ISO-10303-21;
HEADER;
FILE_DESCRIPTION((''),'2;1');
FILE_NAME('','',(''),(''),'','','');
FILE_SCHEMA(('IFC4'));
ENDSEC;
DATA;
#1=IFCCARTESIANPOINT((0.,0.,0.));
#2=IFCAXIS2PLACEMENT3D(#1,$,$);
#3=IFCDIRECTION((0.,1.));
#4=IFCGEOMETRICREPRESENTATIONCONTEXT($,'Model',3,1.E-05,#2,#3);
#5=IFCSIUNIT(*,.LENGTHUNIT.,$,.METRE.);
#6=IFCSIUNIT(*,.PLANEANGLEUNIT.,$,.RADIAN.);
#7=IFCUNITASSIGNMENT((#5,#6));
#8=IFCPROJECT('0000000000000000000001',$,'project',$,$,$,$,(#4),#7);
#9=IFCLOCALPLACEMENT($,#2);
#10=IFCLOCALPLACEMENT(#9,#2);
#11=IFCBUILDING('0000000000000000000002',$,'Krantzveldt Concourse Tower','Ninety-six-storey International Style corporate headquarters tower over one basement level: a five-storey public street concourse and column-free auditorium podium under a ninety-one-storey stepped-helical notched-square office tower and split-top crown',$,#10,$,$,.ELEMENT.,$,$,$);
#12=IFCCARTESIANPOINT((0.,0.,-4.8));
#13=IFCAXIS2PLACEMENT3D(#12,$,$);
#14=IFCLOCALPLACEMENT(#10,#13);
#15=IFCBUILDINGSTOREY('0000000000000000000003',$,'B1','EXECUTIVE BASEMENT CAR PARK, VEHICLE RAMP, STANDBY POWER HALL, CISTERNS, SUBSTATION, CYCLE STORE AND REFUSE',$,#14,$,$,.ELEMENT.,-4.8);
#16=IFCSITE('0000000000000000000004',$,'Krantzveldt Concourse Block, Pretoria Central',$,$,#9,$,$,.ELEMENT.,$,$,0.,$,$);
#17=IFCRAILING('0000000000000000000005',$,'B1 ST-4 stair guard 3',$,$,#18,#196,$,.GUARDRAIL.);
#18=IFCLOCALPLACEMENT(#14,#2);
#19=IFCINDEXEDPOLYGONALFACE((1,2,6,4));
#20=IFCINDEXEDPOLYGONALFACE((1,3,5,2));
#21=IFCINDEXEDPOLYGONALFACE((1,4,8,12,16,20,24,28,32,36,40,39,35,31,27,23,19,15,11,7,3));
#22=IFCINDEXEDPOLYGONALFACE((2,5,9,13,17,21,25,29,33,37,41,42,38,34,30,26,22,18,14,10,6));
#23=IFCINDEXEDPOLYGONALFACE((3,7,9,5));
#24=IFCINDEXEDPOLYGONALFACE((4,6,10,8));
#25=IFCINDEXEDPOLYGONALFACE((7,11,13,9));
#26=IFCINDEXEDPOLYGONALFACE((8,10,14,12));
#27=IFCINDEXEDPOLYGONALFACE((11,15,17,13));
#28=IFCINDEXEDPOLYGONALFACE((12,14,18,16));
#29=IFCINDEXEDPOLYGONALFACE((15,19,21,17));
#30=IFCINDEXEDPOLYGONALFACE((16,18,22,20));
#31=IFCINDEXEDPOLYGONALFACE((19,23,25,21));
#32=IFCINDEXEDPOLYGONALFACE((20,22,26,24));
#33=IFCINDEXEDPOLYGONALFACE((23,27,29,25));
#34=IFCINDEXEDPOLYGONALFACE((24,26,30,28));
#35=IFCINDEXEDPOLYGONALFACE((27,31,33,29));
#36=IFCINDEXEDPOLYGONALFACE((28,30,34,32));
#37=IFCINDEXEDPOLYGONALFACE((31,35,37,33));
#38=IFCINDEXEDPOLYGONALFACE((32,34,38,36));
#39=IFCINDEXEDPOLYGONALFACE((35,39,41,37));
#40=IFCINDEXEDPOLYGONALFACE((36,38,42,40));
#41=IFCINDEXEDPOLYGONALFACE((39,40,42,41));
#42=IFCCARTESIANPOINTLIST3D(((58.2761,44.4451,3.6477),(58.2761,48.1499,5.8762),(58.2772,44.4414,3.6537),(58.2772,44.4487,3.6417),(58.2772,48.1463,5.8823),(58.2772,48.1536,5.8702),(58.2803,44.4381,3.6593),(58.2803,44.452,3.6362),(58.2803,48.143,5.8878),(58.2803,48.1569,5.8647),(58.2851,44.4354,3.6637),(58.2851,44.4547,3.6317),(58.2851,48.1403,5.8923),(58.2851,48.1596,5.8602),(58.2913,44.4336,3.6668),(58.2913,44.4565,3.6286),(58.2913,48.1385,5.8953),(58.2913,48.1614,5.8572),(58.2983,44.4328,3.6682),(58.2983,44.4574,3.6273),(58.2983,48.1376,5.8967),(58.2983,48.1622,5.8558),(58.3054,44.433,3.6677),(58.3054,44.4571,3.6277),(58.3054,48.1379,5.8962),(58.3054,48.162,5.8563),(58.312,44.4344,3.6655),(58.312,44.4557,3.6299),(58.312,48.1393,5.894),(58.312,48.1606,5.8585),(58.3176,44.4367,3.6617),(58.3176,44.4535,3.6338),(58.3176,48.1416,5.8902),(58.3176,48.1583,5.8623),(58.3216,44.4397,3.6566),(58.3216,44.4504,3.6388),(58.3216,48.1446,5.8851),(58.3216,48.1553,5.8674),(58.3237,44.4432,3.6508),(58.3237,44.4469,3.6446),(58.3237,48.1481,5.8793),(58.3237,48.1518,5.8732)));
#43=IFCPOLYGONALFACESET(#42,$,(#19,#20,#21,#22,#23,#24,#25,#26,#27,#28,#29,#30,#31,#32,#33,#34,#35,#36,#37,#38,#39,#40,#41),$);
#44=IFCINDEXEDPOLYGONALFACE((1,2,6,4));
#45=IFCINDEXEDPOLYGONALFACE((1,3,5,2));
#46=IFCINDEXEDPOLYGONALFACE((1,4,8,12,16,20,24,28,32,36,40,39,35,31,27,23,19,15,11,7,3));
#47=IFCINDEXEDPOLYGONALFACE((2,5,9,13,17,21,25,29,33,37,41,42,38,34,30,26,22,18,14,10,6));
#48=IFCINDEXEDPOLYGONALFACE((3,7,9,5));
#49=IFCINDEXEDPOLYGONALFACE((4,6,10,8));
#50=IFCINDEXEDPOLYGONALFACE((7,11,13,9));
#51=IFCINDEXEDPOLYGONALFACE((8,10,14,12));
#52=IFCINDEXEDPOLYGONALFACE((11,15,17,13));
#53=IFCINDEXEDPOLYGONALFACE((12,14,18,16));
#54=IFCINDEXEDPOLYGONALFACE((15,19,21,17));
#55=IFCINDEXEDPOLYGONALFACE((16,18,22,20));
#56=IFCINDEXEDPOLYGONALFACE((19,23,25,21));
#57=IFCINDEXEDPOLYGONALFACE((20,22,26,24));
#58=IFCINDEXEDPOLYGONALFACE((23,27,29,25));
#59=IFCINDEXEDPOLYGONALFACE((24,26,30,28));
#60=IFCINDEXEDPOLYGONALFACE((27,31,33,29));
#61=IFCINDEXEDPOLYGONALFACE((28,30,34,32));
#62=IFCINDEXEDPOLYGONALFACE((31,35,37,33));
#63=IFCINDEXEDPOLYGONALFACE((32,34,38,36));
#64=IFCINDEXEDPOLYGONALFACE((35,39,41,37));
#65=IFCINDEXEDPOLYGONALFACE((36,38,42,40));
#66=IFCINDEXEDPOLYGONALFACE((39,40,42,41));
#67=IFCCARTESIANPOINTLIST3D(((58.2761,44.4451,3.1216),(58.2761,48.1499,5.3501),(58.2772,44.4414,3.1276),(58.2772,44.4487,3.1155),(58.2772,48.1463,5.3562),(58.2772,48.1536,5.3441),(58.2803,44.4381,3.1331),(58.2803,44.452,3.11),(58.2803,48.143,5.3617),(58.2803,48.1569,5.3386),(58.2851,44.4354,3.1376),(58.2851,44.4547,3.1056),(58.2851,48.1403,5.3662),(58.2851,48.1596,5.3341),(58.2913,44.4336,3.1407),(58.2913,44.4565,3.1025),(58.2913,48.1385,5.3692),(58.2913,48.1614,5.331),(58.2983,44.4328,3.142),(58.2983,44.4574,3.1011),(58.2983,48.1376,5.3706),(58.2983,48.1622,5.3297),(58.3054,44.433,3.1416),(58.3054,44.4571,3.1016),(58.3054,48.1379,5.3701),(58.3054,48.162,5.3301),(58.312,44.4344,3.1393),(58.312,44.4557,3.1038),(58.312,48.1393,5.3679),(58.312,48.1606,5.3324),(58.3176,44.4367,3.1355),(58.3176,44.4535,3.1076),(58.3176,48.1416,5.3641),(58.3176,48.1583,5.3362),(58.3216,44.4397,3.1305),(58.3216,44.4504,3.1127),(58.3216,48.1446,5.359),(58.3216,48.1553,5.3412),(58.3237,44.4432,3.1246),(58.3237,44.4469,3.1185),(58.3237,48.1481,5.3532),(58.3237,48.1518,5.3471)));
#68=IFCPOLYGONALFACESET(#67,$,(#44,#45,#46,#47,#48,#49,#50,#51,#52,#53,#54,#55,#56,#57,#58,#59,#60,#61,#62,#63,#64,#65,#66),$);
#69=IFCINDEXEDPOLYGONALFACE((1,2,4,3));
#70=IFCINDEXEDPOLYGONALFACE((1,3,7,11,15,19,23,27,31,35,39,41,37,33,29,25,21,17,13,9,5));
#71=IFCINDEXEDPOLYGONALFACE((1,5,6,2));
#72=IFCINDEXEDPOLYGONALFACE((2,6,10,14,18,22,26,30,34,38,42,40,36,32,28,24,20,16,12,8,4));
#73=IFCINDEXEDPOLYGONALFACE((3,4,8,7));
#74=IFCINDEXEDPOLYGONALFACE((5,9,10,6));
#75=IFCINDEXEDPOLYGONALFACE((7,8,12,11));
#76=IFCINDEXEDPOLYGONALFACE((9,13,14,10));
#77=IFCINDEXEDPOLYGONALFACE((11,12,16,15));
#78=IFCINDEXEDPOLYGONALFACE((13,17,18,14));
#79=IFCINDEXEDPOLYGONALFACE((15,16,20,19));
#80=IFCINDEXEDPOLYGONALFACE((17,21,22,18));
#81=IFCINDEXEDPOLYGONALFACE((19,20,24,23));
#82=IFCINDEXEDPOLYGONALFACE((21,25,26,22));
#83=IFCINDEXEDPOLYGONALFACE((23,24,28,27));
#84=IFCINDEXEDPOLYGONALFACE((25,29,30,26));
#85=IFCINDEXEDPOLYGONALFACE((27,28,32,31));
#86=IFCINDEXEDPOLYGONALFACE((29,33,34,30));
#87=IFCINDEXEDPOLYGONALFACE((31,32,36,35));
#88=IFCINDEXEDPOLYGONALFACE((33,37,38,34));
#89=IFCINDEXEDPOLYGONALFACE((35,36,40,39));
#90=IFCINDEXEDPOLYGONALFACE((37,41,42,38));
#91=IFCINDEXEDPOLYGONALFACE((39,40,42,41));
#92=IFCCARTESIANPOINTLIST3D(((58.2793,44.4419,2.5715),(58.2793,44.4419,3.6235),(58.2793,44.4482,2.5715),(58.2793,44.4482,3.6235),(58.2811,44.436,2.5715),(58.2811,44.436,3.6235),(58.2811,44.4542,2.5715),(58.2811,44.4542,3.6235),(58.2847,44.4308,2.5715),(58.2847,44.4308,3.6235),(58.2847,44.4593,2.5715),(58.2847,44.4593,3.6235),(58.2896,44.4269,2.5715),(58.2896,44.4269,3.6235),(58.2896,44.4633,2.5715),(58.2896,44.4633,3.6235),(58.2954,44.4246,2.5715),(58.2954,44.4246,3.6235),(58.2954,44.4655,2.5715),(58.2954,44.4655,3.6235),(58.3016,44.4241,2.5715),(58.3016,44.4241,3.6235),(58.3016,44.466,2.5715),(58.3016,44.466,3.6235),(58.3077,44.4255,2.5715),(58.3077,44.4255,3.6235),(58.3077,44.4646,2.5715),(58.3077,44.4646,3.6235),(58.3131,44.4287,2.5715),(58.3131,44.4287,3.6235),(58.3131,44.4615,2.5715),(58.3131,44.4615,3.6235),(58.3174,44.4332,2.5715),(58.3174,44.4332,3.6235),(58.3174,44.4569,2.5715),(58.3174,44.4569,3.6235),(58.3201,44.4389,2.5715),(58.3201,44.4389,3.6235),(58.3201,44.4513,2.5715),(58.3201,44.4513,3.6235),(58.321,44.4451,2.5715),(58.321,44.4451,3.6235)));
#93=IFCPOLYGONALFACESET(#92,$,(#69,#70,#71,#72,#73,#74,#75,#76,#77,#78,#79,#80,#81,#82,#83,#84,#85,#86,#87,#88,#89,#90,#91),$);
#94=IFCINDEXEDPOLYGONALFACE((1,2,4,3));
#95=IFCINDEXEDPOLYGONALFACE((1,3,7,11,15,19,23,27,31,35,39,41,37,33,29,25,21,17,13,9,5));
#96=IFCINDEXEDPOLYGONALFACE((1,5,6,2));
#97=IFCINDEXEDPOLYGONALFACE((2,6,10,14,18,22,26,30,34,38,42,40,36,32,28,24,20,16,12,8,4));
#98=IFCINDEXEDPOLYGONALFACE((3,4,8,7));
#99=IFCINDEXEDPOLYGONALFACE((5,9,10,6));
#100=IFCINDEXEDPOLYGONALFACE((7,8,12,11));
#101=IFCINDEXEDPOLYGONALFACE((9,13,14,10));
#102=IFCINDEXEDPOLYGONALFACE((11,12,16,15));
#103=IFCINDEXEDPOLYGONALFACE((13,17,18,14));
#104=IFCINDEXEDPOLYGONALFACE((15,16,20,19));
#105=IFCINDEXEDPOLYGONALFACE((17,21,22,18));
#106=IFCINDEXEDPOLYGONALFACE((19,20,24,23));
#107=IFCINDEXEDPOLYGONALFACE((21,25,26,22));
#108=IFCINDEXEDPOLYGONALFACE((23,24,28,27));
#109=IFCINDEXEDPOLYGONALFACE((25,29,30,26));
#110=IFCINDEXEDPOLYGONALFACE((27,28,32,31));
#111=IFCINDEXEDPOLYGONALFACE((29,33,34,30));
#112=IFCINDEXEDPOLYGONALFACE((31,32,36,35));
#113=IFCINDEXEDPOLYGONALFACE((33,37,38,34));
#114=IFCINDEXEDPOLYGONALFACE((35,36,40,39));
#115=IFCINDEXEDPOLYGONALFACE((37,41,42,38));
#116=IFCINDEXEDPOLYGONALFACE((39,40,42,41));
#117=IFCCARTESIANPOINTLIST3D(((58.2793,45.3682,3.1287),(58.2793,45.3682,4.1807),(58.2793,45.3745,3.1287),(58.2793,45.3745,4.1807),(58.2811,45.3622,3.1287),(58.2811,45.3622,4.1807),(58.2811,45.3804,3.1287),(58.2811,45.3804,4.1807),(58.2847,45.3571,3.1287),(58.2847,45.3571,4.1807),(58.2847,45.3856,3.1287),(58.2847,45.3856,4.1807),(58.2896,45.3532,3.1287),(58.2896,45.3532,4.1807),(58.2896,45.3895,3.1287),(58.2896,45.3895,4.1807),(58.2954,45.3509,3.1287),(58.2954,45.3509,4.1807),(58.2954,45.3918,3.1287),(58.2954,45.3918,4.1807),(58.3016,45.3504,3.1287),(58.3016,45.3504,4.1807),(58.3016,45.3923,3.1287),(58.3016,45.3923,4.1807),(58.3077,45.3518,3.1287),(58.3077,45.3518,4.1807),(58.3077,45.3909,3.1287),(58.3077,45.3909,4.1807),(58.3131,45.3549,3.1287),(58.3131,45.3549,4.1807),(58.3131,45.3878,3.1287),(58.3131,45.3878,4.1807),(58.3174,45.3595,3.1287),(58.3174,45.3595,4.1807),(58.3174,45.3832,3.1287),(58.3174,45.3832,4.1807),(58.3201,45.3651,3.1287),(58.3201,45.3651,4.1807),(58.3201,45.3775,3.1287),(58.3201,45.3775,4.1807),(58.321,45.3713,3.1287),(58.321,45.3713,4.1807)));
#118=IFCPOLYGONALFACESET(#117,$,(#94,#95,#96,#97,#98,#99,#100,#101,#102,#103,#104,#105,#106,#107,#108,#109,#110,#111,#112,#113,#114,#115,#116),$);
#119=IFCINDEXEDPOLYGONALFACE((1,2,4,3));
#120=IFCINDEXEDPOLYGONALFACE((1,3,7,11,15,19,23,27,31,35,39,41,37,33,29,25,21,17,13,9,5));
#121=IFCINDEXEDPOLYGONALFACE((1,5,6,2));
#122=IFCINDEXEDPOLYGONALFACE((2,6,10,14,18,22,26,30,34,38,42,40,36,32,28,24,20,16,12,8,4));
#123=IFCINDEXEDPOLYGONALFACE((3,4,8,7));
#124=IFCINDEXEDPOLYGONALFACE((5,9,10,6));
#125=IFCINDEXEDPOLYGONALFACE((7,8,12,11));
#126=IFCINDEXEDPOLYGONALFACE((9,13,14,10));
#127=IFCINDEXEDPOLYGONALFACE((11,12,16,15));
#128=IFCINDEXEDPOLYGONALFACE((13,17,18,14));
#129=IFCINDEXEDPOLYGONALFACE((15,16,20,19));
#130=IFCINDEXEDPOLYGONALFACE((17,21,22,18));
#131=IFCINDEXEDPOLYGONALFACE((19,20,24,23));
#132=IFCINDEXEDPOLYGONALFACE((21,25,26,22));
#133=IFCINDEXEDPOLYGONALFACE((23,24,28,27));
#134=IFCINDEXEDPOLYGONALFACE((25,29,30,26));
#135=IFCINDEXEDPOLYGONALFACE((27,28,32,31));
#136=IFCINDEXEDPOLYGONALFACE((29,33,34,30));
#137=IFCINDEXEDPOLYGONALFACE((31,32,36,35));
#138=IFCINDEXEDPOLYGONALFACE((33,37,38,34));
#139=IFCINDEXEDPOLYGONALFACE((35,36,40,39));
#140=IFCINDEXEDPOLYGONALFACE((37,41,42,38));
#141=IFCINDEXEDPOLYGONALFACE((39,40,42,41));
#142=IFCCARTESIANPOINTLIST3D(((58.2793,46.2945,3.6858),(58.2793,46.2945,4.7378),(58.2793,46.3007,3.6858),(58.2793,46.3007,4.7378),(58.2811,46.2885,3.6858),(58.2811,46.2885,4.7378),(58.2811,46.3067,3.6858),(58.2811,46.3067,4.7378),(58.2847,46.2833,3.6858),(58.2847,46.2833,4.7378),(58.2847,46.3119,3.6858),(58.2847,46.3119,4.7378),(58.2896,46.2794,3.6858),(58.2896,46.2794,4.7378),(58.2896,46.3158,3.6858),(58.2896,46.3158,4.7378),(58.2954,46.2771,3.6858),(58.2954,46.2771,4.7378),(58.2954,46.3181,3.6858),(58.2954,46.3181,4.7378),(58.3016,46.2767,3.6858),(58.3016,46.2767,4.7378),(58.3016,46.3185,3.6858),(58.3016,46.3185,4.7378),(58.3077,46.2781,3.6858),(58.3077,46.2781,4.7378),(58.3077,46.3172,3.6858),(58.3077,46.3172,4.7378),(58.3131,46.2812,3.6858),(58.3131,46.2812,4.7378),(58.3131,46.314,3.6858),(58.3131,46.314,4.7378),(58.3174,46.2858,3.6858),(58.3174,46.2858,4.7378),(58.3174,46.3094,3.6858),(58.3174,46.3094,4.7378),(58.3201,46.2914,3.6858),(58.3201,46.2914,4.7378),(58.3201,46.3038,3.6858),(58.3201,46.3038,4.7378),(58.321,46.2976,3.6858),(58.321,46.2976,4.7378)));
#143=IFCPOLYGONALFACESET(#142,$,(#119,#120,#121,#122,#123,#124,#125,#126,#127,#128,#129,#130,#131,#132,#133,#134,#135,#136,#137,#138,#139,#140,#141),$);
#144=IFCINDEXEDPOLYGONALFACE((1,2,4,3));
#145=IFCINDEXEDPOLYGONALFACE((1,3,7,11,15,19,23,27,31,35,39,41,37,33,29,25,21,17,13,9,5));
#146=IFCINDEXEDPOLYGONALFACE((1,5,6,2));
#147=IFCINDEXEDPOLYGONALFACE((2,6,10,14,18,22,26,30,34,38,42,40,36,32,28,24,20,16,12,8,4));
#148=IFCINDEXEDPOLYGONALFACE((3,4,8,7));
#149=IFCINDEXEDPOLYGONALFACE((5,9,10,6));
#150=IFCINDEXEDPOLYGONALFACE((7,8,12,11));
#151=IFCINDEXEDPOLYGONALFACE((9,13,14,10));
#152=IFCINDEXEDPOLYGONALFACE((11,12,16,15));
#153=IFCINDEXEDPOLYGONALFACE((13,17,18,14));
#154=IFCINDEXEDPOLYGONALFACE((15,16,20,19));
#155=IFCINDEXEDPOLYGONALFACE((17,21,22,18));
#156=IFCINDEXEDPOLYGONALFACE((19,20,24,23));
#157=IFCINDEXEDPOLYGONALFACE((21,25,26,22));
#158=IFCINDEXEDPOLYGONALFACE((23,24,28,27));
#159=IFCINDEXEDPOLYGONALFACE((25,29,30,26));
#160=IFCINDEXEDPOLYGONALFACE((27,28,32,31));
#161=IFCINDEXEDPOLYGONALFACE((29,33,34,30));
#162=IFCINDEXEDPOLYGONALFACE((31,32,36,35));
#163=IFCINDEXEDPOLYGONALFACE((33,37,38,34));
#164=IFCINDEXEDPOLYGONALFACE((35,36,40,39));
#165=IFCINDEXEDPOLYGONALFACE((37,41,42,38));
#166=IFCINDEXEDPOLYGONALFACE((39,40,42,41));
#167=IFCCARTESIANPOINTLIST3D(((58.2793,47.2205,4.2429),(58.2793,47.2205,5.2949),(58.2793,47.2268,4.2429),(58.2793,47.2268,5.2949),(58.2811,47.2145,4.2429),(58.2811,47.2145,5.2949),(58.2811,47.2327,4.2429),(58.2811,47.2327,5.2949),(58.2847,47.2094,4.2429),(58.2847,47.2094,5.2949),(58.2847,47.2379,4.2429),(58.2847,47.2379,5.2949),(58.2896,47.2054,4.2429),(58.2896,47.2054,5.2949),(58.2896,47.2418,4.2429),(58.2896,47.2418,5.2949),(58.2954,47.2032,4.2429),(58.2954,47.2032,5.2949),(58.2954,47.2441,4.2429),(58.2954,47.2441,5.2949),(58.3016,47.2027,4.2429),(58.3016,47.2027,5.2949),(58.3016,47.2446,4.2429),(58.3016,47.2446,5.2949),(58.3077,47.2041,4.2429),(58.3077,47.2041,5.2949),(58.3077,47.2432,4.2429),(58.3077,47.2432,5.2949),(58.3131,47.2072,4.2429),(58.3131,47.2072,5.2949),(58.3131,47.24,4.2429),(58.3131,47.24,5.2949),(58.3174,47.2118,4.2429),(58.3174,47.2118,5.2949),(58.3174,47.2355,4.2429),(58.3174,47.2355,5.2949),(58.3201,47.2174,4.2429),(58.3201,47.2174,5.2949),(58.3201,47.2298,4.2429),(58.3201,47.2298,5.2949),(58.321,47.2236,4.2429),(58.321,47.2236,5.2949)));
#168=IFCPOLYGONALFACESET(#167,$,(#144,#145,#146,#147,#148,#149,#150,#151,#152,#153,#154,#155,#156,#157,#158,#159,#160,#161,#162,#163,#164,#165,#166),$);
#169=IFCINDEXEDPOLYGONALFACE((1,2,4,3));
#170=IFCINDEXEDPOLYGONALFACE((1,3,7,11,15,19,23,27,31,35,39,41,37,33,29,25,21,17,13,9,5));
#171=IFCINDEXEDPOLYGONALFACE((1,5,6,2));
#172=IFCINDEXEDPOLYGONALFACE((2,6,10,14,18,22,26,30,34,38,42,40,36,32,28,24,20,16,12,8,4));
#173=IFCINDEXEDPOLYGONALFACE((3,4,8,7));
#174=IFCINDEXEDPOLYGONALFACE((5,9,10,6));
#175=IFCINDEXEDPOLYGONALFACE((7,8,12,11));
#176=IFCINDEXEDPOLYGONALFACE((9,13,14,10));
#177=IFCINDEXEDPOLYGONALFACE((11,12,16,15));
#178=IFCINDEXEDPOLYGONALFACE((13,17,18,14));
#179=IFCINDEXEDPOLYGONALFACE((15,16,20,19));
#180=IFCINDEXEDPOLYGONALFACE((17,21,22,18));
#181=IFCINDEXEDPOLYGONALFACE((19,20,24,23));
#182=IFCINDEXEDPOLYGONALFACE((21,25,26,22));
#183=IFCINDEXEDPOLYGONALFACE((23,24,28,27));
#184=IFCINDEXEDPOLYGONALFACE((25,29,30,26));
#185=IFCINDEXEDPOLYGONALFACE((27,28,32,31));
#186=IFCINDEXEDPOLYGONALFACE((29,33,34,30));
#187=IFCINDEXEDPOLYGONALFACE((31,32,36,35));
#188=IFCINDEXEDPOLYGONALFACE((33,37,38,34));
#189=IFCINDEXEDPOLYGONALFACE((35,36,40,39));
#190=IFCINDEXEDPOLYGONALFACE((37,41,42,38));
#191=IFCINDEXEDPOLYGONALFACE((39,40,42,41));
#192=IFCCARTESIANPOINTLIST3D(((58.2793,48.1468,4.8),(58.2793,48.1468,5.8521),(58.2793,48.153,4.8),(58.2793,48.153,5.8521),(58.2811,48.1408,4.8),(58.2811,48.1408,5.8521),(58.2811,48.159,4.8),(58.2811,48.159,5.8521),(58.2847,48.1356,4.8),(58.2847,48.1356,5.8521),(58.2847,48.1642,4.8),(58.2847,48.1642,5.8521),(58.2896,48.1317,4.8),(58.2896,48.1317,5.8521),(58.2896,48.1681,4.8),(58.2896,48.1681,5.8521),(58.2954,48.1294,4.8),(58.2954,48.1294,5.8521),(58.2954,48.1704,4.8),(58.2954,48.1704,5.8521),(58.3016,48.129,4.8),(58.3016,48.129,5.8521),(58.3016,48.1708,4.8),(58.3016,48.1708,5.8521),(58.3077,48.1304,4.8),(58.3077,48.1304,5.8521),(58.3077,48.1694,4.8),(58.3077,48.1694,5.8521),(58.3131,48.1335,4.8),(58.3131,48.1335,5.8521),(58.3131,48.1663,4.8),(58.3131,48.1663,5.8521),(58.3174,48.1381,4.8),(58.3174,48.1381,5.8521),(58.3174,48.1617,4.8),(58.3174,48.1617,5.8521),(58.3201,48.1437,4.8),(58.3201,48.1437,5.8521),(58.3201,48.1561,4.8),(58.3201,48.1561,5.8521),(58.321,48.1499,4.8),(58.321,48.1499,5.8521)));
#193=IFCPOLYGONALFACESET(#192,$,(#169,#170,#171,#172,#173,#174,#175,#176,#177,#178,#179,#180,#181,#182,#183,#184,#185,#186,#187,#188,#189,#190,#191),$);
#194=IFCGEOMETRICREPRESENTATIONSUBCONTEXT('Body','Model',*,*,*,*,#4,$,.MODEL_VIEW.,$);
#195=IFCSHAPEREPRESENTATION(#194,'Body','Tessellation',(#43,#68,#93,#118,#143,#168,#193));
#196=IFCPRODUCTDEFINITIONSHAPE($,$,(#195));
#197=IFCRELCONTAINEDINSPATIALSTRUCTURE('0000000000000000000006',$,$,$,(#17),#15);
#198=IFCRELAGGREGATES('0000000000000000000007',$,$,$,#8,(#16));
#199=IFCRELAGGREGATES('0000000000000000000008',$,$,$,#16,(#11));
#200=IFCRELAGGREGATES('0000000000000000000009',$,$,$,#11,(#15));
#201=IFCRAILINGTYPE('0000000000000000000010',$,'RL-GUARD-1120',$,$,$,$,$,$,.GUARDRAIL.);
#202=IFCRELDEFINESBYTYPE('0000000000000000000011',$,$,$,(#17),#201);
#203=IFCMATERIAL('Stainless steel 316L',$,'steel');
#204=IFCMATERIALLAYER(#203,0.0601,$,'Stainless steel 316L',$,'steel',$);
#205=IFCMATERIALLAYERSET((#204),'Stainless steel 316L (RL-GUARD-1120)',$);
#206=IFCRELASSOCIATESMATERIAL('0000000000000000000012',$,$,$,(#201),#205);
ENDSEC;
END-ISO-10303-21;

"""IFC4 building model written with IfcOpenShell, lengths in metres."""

from ifc_helpers import new_model, si_unit, direction, frame, origin, origin_2d, place, context, subcontext, project, spatial, circle, extrude, material, layer, layer_set, type_object, element, save


model = new_model("IFC4")

# Units and contexts
model_context = context("Model", 3, precision=1e-05, world=origin(), true_north=direction((0.0, 1.0)))
body_context = subcontext(model_context, "Body", "Model", "MODEL_VIEW")
ifc_project = project(units=[si_unit("LENGTHUNIT", "METRE"), si_unit("PLANEANGLEUNIT", "RADIAN")], contexts=[model_context])

# Site, building, storey
site_placement = place(None, origin())
site = spatial("IfcSite", under=ifc_project, at=site_placement, Name="Krantzveldt Concourse Block, Pretoria Central", CompositionType="ELEMENT", RefElevation=0.0)
building_placement = place(site_placement, origin())
building = spatial("IfcBuilding", under=site, at=building_placement, Name="Krantzveldt Concourse Tower", Description="Ninety-six-storey International Style corporate headquarters tower over one basement level: a five-storey public street concourse and column-free auditorium podium under a ninety-one-storey stepped-helical notched-square office tower and split-top crown", CompositionType="ELEMENT")
storey_placement = place(building_placement, frame((0.0, 0.0, -4.8)))
storey = spatial("IfcBuildingStorey", under=building, at=storey_placement, Name="B1", Description="EXECUTIVE BASEMENT CAR PARK, VEHICLE RAMP, STANDBY POWER HALL, CISTERNS, SUBSTATION, CYCLE STORE AND REFUSE", CompositionType="ELEMENT", Elevation=-4.8)

# Railing
ifc_material_1 = material(Name="Stainless steel 316L", Category="steel")
ifc_layer_1 = layer(ifc_material_1, 0.0601, Name="Stainless steel 316L", Category="steel")
ifc_layer_set_1 = layer_set([ifc_layer_1], Name="Stainless steel 316L (RL-GUARD-1120)")
railing_type_1 = type_object("IfcRailingType", Name="RL-GUARD-1120", PredefinedType="GUARDRAIL", material=ifc_layer_set_1)
railing_1_placement = place(storey_placement, frame((58.3, 44.4451, 2.5715)))
element("IfcRailing", 1, at=railing_1_placement, inside=storey, type_object=railing_type_1, Name="B1 ST-4 stair guard 3", PredefinedType="GUARDRAIL", context=body_context, shape_type="SweptSolid", body=[
    extrude(circle(Radius=0.0239, at=origin_2d()), frame((0.0, 0.0, 1.0762), z_axis=(0.0, 0.856919, 0.51545), x_axis=(-1.0, 0.0, 0.0)), (0.0, 0.0, 1.0), 4.3235),
    extrude(circle(Radius=0.0239, at=origin_2d()), frame((0.0, 0.0, 0.55), z_axis=(0.0, 0.856919, 0.51545), x_axis=(-1.0, 0.0, 0.0)), (0.0, 0.0, 1.0), 4.3235),
    extrude(circle(Radius=0.021, at=origin_2d()), origin(), (0.0, 0.0, 1.0), 1.052),
    extrude(circle(Radius=0.021, at=origin_2d()), frame((0.0, 0.9263, 0.5571)), (0.0, 0.0, 1.0), 1.052),
    extrude(circle(Radius=0.021, at=origin_2d()), frame((0.0, 1.8525, 1.1143)), (0.0, 0.0, 1.0), 1.052),
    extrude(circle(Radius=0.021, at=origin_2d()), frame((0.0, 2.7786, 1.6714)), (0.0, 0.0, 1.0), 1.052),
    extrude(circle(Radius=0.021, at=origin_2d()), frame((0.0, 3.7048, 2.2285)), (0.0, 0.0, 1.0), 1.052),
])

save(model, "model.ifc")
